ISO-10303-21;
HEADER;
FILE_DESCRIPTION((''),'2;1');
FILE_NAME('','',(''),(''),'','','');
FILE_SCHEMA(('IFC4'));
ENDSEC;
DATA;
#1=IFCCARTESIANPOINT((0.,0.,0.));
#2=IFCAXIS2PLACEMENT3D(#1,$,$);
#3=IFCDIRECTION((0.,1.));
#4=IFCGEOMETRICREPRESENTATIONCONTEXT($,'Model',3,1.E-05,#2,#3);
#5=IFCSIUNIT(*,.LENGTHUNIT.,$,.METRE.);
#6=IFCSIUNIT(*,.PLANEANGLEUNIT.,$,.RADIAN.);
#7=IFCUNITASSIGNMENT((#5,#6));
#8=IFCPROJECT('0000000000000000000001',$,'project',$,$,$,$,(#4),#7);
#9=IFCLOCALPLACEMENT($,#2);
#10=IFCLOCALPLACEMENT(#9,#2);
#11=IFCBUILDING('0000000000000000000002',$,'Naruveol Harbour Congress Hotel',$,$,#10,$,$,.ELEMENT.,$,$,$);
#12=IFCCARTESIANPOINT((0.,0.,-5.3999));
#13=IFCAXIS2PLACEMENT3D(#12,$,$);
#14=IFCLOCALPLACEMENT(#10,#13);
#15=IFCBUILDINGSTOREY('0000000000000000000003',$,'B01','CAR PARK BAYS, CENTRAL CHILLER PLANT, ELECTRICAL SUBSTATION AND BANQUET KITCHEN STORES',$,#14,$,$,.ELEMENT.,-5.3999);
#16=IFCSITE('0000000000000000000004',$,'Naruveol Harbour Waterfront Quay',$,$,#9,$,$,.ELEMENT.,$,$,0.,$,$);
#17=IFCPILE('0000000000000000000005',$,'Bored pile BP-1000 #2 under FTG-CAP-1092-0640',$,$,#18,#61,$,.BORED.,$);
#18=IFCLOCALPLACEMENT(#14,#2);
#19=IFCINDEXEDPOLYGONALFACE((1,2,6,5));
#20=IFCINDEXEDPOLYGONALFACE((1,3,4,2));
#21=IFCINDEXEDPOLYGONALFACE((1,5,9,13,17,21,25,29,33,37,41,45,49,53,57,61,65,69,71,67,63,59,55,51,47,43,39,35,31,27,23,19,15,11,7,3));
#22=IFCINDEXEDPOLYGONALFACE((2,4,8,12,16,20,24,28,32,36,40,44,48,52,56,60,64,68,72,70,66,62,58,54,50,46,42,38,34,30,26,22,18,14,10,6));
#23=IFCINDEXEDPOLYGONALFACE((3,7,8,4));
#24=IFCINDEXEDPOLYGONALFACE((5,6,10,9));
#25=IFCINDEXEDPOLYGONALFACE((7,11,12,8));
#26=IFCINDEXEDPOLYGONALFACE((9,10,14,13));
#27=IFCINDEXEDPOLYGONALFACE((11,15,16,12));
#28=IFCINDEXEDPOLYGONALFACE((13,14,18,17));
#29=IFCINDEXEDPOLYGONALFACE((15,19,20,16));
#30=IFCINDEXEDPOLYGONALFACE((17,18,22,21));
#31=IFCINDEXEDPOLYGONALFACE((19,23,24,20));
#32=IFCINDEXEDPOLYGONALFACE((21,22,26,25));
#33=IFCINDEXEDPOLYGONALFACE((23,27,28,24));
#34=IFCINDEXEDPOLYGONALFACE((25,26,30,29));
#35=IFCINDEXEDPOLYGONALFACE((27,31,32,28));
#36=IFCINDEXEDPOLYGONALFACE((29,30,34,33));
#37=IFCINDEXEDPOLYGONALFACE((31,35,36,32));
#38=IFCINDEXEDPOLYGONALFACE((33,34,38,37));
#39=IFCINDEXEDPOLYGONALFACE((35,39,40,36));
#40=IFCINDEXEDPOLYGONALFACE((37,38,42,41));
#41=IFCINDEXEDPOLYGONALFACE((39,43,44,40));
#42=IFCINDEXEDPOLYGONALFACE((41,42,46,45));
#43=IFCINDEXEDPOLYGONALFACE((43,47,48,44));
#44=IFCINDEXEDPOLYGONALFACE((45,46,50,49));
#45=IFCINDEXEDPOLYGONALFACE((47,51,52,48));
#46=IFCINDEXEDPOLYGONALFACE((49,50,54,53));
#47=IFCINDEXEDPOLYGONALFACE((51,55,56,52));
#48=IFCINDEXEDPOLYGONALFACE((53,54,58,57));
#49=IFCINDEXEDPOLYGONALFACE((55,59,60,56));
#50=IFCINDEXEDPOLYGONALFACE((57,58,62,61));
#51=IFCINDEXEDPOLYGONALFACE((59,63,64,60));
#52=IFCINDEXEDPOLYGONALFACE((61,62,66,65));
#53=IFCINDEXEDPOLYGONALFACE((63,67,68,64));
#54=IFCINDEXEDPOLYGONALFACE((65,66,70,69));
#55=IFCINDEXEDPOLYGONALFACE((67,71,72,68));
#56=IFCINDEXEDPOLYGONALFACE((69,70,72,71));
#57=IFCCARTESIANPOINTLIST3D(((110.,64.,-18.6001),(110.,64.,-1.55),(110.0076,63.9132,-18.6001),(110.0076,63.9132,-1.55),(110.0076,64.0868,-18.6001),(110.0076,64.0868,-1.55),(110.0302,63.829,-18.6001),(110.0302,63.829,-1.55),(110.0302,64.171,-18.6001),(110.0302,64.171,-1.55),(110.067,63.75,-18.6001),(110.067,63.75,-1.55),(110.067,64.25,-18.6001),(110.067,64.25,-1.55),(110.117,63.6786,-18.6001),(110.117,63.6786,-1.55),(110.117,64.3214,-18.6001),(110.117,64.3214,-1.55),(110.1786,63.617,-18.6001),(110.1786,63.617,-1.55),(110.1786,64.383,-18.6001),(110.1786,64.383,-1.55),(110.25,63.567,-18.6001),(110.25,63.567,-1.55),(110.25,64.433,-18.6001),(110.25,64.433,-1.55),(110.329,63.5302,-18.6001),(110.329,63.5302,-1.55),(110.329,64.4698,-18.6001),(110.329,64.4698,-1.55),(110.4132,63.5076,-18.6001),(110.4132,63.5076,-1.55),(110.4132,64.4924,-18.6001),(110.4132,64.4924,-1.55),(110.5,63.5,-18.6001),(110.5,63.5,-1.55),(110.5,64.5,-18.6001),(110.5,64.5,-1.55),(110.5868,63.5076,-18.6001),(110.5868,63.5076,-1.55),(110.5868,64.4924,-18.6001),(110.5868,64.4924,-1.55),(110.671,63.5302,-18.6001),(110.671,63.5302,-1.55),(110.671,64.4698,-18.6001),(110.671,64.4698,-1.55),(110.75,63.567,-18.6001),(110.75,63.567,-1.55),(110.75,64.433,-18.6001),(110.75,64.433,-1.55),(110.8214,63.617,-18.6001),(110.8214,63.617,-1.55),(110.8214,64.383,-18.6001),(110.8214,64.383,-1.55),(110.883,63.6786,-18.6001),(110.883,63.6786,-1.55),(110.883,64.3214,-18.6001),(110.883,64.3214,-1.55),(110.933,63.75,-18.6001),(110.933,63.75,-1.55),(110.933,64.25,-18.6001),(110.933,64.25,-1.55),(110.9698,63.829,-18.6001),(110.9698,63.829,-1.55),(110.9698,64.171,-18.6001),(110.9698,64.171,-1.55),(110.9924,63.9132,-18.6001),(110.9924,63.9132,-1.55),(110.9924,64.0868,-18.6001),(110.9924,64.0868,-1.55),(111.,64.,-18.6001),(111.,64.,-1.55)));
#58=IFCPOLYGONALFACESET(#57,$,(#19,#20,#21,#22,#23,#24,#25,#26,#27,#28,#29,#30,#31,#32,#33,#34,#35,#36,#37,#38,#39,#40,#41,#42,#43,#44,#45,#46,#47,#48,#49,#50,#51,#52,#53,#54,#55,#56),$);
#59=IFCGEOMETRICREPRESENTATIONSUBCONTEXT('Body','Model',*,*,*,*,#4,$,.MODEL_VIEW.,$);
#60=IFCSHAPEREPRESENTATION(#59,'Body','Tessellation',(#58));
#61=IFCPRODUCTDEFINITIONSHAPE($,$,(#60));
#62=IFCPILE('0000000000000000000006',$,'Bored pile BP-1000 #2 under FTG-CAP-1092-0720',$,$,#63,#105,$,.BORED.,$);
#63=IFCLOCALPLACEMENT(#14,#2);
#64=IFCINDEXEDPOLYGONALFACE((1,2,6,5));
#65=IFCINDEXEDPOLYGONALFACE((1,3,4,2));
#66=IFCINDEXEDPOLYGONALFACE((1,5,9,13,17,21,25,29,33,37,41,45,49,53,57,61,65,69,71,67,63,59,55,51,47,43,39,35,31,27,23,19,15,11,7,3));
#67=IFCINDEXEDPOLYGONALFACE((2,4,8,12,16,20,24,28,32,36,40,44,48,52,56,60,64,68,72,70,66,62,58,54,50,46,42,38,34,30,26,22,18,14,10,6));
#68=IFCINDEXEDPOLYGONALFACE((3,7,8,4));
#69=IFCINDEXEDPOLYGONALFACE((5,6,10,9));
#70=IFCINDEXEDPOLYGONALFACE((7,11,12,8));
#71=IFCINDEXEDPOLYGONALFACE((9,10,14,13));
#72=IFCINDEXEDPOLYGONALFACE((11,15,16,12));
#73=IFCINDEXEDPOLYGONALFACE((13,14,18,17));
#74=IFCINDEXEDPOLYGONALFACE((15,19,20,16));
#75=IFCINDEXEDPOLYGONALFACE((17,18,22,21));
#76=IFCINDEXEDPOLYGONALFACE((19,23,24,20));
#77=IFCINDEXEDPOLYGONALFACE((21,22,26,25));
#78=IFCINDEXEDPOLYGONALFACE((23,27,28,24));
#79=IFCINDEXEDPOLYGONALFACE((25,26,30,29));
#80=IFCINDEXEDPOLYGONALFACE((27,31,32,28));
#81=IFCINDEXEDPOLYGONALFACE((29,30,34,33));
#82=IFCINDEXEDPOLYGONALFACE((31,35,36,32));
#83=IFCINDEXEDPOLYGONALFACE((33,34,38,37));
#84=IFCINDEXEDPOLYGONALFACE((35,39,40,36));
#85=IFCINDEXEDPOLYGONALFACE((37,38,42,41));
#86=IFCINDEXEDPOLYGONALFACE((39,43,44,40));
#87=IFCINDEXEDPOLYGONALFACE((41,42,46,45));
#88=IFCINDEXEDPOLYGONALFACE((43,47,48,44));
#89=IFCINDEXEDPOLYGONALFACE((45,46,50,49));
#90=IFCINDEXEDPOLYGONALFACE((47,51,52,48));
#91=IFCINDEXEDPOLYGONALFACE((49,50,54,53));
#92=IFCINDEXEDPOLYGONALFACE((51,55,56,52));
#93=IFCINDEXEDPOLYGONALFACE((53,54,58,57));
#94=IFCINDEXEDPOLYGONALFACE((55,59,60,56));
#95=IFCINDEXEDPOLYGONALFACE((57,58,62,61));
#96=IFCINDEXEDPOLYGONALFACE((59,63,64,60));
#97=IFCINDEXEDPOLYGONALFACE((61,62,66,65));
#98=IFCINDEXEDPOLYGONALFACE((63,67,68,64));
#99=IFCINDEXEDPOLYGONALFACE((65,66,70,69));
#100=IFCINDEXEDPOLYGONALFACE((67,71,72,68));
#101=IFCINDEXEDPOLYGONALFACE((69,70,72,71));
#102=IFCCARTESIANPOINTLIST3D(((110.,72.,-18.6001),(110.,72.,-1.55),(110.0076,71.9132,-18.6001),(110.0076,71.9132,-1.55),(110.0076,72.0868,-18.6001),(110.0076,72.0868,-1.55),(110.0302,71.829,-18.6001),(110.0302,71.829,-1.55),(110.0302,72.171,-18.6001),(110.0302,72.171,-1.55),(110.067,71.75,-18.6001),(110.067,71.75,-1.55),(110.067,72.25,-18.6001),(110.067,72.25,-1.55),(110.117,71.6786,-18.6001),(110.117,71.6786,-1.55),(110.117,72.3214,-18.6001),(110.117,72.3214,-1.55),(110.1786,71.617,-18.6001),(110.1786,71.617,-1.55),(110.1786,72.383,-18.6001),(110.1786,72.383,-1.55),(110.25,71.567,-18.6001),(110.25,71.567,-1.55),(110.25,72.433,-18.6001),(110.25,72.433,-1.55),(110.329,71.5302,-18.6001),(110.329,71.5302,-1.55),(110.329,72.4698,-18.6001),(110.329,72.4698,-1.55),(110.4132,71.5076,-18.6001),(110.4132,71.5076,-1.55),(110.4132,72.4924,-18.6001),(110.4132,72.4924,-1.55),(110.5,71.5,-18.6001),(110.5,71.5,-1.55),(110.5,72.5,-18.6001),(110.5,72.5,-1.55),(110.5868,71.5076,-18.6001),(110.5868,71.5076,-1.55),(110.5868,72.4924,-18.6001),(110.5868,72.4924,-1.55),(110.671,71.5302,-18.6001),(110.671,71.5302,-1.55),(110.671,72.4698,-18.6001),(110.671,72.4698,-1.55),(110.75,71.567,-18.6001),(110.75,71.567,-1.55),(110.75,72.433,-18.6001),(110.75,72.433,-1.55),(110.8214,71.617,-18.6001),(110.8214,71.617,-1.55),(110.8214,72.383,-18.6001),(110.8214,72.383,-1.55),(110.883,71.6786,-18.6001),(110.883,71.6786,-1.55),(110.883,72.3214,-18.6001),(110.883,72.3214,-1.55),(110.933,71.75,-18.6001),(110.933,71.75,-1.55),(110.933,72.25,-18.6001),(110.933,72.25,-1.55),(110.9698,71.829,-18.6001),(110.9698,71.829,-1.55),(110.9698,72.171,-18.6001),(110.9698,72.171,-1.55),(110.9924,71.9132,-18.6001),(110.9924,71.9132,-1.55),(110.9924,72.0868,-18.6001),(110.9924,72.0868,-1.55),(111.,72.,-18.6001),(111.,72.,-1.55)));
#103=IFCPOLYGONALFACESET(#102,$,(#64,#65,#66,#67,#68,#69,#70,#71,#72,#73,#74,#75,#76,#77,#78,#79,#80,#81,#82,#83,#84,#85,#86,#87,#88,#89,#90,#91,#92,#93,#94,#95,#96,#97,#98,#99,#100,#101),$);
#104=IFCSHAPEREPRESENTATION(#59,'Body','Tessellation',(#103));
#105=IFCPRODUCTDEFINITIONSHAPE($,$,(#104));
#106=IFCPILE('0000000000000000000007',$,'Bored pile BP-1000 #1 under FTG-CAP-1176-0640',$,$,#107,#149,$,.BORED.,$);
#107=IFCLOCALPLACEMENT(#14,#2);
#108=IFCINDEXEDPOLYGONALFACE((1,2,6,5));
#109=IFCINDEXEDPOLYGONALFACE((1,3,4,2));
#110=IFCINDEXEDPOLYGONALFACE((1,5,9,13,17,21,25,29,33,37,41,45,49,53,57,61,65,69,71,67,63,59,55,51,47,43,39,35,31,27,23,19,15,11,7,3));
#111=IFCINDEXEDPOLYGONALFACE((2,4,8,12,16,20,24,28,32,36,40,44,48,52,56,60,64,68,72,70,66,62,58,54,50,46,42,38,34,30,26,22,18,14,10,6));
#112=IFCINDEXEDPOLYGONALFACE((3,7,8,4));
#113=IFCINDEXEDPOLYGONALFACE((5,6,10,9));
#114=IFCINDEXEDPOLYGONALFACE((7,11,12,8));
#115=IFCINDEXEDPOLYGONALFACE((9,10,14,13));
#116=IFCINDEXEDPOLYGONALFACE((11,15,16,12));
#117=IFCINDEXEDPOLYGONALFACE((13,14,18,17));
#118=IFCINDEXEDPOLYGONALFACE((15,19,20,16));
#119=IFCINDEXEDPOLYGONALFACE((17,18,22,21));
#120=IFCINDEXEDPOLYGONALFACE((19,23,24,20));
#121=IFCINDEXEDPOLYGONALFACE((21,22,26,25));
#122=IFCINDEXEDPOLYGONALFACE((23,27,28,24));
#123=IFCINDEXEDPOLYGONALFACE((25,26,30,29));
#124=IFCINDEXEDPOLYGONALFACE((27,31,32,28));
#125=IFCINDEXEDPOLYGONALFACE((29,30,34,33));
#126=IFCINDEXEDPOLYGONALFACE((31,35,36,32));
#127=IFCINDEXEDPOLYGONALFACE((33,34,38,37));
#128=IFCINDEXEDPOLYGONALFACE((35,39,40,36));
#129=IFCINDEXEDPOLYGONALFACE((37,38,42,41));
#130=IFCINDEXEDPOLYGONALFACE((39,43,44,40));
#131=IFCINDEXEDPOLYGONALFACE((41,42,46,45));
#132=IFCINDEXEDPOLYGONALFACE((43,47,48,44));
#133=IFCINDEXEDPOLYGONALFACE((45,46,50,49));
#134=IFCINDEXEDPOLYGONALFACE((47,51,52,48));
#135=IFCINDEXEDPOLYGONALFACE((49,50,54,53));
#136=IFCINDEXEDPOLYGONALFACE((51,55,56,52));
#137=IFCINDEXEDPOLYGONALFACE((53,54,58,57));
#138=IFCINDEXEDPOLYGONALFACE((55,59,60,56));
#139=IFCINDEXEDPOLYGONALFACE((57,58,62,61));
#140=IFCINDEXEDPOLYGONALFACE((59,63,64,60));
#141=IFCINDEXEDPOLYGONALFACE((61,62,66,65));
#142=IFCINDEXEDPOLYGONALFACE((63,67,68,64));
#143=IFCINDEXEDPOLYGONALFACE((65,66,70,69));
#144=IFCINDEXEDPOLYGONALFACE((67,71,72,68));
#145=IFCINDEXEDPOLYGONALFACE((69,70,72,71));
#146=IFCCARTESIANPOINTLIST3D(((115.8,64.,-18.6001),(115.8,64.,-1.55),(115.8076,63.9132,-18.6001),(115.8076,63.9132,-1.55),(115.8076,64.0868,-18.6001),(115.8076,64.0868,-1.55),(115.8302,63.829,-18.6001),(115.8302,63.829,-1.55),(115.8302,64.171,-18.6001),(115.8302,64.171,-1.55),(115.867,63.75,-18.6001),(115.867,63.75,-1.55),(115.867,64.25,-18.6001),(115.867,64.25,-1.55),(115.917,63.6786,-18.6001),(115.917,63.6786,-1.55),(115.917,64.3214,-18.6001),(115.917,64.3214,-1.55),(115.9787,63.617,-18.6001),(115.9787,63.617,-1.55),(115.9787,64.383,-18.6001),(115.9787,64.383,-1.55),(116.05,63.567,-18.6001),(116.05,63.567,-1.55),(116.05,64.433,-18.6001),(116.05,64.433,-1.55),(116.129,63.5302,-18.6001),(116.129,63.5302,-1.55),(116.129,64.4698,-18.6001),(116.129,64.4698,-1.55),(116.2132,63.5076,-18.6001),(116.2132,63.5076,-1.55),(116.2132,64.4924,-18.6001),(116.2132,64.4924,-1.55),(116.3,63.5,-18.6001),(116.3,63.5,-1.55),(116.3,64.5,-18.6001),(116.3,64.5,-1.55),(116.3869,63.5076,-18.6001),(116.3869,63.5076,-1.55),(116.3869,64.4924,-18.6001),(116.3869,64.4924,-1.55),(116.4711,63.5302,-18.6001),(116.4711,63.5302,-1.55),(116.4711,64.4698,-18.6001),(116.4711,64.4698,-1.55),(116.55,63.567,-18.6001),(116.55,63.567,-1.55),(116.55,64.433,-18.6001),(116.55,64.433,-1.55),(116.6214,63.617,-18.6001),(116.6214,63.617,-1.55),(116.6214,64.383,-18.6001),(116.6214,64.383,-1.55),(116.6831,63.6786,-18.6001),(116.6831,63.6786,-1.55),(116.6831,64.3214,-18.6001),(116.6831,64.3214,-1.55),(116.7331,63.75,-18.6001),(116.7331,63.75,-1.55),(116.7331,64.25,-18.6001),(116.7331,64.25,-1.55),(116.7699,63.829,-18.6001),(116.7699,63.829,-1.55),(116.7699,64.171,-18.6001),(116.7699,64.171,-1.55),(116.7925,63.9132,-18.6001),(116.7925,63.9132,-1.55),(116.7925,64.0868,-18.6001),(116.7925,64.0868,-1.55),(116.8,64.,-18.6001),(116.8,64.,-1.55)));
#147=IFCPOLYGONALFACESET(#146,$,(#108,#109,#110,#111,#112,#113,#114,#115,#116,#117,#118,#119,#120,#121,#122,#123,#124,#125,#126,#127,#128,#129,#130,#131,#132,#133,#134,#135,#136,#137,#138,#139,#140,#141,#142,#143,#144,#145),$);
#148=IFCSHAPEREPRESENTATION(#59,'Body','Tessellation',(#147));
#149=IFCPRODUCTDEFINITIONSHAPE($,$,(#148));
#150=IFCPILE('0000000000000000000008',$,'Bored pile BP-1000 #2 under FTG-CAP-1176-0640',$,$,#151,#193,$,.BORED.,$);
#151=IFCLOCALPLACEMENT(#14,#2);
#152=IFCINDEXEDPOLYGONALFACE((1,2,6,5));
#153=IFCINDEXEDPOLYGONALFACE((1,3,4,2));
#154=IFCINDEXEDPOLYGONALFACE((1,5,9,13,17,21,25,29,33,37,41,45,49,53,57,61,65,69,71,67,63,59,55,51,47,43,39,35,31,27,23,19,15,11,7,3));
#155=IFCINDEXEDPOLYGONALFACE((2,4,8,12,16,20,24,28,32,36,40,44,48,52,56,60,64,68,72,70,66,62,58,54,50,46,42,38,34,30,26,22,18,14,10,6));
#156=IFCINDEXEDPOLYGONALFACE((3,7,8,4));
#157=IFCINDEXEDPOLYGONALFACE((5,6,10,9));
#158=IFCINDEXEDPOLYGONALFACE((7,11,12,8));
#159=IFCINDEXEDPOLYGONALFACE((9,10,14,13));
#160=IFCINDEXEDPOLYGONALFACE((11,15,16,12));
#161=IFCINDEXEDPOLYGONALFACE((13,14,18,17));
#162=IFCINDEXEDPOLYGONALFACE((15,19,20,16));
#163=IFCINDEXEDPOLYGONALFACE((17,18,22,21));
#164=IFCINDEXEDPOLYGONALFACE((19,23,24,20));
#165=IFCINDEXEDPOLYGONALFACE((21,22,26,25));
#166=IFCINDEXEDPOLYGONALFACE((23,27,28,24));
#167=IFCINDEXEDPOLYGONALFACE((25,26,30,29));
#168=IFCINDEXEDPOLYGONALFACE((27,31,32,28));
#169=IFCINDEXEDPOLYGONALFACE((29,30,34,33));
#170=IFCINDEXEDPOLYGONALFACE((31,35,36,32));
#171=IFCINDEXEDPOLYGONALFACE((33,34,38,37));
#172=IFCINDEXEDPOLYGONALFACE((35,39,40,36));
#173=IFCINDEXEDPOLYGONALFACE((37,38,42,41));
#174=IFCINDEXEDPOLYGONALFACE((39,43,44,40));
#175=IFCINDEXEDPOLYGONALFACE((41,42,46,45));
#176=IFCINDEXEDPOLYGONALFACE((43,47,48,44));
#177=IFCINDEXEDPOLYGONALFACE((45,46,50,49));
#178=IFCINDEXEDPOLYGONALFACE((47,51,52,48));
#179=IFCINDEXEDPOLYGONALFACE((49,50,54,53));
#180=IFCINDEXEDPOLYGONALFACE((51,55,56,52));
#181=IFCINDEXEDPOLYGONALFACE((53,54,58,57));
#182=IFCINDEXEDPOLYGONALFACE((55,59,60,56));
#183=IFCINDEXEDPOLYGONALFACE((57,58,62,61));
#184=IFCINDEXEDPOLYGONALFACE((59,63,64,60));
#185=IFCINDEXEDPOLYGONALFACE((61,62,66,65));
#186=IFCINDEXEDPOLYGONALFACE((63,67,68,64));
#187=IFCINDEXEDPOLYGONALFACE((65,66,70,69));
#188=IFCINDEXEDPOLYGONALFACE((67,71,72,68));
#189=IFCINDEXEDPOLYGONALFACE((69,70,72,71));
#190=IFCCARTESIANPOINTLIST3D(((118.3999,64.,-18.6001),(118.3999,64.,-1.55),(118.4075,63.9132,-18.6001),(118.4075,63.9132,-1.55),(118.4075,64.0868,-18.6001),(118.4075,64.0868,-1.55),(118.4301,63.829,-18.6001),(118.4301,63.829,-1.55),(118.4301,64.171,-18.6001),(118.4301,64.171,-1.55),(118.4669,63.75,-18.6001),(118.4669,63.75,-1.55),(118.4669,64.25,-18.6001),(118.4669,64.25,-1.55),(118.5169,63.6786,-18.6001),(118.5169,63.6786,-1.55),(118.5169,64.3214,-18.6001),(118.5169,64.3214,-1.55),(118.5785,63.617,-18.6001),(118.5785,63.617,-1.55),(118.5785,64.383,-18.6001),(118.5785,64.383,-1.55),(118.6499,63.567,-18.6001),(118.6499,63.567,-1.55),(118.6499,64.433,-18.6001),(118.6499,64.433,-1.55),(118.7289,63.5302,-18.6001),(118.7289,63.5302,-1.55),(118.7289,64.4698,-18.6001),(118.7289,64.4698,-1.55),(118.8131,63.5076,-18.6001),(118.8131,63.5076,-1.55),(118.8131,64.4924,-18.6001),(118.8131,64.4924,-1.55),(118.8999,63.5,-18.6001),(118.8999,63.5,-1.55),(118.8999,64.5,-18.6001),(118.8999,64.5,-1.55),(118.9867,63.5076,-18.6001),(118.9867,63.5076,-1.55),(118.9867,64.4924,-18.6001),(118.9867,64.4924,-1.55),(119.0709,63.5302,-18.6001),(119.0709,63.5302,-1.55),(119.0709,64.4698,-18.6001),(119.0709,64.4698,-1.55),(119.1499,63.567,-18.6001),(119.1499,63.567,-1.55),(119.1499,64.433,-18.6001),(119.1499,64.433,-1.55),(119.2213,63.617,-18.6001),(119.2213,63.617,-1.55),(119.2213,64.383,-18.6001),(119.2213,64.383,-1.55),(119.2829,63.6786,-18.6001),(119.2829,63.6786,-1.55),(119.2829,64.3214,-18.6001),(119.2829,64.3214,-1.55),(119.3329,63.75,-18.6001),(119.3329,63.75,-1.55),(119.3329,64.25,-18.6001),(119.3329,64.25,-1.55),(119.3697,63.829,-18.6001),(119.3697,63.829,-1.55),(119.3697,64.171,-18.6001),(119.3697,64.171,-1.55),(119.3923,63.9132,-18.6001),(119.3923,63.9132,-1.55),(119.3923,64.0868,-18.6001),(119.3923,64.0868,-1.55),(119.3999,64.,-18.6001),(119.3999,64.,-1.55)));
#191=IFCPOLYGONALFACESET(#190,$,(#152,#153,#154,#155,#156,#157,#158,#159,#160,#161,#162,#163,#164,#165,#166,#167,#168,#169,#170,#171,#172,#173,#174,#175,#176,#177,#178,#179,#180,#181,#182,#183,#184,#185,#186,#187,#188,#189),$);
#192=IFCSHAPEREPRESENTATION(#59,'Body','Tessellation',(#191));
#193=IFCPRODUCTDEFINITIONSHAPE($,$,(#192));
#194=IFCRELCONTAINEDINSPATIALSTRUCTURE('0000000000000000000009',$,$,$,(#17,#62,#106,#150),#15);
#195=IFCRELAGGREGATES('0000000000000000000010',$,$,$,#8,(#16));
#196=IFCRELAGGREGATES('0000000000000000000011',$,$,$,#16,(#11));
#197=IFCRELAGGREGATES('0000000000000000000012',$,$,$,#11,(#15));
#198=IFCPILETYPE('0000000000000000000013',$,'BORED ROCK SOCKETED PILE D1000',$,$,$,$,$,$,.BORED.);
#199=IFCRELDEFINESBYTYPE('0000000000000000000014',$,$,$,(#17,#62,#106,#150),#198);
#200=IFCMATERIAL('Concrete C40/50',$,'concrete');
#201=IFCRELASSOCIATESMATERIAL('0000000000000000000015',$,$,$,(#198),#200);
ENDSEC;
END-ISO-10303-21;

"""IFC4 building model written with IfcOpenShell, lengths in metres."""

from ifc_helpers import new_model, si_unit, direction, frame, origin, origin_2d, place, context, subcontext, project, spatial, circle, extrude, material, material_profile, profile_set, type_object, element, save


model = new_model("IFC4")

# Units and contexts
model_context = context("Model", 3, precision=1e-05, world=origin(), true_north=direction((0.0, 1.0)))
body_context = subcontext(model_context, "Body", "Model", "MODEL_VIEW")
ifc_project = project(units=[si_unit("LENGTHUNIT", "METRE"), si_unit("PLANEANGLEUNIT", "RADIAN")], contexts=[model_context])

# Site, building, storey
site_placement = place(None, origin())
site = spatial("IfcSite", under=ifc_project, at=site_placement, Name="Naruveol Harbour Waterfront Quay", CompositionType="ELEMENT", RefElevation=0.0)
building_placement = place(site_placement, origin())
building = spatial("IfcBuilding", under=site, at=building_placement, Name="Naruveol Harbour Congress Hotel", CompositionType="ELEMENT")
storey_placement = place(building_placement, frame((0.0, 0.0, -5.3999)))
storey = spatial("IfcBuildingStorey", under=building, at=storey_placement, Name="B01", Description="CAR PARK BAYS, CENTRAL CHILLER PLANT, ELECTRICAL SUBSTATION AND BANQUET KITCHEN STORES", CompositionType="ELEMENT", Elevation=-5.3999)

# Piles
ifc_material_1 = material(Name="Concrete C40/50", Category="concrete")
ifc_material_profile_1 = material_profile(ifc_material_1, circle(Radius=0.5, at=origin_2d()), Name="BP-1000")
ifc_profile_set_1 = profile_set([ifc_material_profile_1], Name="Concrete C40/50")
pile_type_1 = type_object("IfcPileType", Name="BORED ROCK SOCKETED PILE D1000", PredefinedType="BORED", material=ifc_profile_set_1)
for number, where, z_axis, x_axis, name in (
    (1, (110.5, 64.0, -1.55), (0.0, 0.0, -1.0), (1.0, 0.0, 0.0), "Bored pile BP-1000 #2 under FTG-CAP-1092-0640"),
    (2, (110.5, 72.0, -1.55), (0.0, 0.0, -1.0), (1.0, 0.0, 0.0), "Bored pile BP-1000 #2 under FTG-CAP-1092-0720"),
    (3, (116.3, 64.0, -1.55), (0.0, 0.0, -1.0), (1.0, 0.0, 0.0), "Bored pile BP-1000 #1 under FTG-CAP-1176-0640"),
    (4, (118.8999, 64.0, -1.55), (0.0, 0.0, -1.0), (1.0, 0.0, 0.0), "Bored pile BP-1000 #2 under FTG-CAP-1176-0640"),
):
    element("IfcPile", number, at=place(storey_placement, frame(where, z_axis=z_axis, x_axis=x_axis)), inside=storey, type_object=pile_type_1, Name=name, PredefinedType="BORED", context=body_context, shape_type="SweptSolid", body=[
        extrude(circle(Radius=0.5, at=origin_2d()), origin(), (0.0, 0.0, 1.0), 17.05),
    ])

save(model, "model.ifc")
